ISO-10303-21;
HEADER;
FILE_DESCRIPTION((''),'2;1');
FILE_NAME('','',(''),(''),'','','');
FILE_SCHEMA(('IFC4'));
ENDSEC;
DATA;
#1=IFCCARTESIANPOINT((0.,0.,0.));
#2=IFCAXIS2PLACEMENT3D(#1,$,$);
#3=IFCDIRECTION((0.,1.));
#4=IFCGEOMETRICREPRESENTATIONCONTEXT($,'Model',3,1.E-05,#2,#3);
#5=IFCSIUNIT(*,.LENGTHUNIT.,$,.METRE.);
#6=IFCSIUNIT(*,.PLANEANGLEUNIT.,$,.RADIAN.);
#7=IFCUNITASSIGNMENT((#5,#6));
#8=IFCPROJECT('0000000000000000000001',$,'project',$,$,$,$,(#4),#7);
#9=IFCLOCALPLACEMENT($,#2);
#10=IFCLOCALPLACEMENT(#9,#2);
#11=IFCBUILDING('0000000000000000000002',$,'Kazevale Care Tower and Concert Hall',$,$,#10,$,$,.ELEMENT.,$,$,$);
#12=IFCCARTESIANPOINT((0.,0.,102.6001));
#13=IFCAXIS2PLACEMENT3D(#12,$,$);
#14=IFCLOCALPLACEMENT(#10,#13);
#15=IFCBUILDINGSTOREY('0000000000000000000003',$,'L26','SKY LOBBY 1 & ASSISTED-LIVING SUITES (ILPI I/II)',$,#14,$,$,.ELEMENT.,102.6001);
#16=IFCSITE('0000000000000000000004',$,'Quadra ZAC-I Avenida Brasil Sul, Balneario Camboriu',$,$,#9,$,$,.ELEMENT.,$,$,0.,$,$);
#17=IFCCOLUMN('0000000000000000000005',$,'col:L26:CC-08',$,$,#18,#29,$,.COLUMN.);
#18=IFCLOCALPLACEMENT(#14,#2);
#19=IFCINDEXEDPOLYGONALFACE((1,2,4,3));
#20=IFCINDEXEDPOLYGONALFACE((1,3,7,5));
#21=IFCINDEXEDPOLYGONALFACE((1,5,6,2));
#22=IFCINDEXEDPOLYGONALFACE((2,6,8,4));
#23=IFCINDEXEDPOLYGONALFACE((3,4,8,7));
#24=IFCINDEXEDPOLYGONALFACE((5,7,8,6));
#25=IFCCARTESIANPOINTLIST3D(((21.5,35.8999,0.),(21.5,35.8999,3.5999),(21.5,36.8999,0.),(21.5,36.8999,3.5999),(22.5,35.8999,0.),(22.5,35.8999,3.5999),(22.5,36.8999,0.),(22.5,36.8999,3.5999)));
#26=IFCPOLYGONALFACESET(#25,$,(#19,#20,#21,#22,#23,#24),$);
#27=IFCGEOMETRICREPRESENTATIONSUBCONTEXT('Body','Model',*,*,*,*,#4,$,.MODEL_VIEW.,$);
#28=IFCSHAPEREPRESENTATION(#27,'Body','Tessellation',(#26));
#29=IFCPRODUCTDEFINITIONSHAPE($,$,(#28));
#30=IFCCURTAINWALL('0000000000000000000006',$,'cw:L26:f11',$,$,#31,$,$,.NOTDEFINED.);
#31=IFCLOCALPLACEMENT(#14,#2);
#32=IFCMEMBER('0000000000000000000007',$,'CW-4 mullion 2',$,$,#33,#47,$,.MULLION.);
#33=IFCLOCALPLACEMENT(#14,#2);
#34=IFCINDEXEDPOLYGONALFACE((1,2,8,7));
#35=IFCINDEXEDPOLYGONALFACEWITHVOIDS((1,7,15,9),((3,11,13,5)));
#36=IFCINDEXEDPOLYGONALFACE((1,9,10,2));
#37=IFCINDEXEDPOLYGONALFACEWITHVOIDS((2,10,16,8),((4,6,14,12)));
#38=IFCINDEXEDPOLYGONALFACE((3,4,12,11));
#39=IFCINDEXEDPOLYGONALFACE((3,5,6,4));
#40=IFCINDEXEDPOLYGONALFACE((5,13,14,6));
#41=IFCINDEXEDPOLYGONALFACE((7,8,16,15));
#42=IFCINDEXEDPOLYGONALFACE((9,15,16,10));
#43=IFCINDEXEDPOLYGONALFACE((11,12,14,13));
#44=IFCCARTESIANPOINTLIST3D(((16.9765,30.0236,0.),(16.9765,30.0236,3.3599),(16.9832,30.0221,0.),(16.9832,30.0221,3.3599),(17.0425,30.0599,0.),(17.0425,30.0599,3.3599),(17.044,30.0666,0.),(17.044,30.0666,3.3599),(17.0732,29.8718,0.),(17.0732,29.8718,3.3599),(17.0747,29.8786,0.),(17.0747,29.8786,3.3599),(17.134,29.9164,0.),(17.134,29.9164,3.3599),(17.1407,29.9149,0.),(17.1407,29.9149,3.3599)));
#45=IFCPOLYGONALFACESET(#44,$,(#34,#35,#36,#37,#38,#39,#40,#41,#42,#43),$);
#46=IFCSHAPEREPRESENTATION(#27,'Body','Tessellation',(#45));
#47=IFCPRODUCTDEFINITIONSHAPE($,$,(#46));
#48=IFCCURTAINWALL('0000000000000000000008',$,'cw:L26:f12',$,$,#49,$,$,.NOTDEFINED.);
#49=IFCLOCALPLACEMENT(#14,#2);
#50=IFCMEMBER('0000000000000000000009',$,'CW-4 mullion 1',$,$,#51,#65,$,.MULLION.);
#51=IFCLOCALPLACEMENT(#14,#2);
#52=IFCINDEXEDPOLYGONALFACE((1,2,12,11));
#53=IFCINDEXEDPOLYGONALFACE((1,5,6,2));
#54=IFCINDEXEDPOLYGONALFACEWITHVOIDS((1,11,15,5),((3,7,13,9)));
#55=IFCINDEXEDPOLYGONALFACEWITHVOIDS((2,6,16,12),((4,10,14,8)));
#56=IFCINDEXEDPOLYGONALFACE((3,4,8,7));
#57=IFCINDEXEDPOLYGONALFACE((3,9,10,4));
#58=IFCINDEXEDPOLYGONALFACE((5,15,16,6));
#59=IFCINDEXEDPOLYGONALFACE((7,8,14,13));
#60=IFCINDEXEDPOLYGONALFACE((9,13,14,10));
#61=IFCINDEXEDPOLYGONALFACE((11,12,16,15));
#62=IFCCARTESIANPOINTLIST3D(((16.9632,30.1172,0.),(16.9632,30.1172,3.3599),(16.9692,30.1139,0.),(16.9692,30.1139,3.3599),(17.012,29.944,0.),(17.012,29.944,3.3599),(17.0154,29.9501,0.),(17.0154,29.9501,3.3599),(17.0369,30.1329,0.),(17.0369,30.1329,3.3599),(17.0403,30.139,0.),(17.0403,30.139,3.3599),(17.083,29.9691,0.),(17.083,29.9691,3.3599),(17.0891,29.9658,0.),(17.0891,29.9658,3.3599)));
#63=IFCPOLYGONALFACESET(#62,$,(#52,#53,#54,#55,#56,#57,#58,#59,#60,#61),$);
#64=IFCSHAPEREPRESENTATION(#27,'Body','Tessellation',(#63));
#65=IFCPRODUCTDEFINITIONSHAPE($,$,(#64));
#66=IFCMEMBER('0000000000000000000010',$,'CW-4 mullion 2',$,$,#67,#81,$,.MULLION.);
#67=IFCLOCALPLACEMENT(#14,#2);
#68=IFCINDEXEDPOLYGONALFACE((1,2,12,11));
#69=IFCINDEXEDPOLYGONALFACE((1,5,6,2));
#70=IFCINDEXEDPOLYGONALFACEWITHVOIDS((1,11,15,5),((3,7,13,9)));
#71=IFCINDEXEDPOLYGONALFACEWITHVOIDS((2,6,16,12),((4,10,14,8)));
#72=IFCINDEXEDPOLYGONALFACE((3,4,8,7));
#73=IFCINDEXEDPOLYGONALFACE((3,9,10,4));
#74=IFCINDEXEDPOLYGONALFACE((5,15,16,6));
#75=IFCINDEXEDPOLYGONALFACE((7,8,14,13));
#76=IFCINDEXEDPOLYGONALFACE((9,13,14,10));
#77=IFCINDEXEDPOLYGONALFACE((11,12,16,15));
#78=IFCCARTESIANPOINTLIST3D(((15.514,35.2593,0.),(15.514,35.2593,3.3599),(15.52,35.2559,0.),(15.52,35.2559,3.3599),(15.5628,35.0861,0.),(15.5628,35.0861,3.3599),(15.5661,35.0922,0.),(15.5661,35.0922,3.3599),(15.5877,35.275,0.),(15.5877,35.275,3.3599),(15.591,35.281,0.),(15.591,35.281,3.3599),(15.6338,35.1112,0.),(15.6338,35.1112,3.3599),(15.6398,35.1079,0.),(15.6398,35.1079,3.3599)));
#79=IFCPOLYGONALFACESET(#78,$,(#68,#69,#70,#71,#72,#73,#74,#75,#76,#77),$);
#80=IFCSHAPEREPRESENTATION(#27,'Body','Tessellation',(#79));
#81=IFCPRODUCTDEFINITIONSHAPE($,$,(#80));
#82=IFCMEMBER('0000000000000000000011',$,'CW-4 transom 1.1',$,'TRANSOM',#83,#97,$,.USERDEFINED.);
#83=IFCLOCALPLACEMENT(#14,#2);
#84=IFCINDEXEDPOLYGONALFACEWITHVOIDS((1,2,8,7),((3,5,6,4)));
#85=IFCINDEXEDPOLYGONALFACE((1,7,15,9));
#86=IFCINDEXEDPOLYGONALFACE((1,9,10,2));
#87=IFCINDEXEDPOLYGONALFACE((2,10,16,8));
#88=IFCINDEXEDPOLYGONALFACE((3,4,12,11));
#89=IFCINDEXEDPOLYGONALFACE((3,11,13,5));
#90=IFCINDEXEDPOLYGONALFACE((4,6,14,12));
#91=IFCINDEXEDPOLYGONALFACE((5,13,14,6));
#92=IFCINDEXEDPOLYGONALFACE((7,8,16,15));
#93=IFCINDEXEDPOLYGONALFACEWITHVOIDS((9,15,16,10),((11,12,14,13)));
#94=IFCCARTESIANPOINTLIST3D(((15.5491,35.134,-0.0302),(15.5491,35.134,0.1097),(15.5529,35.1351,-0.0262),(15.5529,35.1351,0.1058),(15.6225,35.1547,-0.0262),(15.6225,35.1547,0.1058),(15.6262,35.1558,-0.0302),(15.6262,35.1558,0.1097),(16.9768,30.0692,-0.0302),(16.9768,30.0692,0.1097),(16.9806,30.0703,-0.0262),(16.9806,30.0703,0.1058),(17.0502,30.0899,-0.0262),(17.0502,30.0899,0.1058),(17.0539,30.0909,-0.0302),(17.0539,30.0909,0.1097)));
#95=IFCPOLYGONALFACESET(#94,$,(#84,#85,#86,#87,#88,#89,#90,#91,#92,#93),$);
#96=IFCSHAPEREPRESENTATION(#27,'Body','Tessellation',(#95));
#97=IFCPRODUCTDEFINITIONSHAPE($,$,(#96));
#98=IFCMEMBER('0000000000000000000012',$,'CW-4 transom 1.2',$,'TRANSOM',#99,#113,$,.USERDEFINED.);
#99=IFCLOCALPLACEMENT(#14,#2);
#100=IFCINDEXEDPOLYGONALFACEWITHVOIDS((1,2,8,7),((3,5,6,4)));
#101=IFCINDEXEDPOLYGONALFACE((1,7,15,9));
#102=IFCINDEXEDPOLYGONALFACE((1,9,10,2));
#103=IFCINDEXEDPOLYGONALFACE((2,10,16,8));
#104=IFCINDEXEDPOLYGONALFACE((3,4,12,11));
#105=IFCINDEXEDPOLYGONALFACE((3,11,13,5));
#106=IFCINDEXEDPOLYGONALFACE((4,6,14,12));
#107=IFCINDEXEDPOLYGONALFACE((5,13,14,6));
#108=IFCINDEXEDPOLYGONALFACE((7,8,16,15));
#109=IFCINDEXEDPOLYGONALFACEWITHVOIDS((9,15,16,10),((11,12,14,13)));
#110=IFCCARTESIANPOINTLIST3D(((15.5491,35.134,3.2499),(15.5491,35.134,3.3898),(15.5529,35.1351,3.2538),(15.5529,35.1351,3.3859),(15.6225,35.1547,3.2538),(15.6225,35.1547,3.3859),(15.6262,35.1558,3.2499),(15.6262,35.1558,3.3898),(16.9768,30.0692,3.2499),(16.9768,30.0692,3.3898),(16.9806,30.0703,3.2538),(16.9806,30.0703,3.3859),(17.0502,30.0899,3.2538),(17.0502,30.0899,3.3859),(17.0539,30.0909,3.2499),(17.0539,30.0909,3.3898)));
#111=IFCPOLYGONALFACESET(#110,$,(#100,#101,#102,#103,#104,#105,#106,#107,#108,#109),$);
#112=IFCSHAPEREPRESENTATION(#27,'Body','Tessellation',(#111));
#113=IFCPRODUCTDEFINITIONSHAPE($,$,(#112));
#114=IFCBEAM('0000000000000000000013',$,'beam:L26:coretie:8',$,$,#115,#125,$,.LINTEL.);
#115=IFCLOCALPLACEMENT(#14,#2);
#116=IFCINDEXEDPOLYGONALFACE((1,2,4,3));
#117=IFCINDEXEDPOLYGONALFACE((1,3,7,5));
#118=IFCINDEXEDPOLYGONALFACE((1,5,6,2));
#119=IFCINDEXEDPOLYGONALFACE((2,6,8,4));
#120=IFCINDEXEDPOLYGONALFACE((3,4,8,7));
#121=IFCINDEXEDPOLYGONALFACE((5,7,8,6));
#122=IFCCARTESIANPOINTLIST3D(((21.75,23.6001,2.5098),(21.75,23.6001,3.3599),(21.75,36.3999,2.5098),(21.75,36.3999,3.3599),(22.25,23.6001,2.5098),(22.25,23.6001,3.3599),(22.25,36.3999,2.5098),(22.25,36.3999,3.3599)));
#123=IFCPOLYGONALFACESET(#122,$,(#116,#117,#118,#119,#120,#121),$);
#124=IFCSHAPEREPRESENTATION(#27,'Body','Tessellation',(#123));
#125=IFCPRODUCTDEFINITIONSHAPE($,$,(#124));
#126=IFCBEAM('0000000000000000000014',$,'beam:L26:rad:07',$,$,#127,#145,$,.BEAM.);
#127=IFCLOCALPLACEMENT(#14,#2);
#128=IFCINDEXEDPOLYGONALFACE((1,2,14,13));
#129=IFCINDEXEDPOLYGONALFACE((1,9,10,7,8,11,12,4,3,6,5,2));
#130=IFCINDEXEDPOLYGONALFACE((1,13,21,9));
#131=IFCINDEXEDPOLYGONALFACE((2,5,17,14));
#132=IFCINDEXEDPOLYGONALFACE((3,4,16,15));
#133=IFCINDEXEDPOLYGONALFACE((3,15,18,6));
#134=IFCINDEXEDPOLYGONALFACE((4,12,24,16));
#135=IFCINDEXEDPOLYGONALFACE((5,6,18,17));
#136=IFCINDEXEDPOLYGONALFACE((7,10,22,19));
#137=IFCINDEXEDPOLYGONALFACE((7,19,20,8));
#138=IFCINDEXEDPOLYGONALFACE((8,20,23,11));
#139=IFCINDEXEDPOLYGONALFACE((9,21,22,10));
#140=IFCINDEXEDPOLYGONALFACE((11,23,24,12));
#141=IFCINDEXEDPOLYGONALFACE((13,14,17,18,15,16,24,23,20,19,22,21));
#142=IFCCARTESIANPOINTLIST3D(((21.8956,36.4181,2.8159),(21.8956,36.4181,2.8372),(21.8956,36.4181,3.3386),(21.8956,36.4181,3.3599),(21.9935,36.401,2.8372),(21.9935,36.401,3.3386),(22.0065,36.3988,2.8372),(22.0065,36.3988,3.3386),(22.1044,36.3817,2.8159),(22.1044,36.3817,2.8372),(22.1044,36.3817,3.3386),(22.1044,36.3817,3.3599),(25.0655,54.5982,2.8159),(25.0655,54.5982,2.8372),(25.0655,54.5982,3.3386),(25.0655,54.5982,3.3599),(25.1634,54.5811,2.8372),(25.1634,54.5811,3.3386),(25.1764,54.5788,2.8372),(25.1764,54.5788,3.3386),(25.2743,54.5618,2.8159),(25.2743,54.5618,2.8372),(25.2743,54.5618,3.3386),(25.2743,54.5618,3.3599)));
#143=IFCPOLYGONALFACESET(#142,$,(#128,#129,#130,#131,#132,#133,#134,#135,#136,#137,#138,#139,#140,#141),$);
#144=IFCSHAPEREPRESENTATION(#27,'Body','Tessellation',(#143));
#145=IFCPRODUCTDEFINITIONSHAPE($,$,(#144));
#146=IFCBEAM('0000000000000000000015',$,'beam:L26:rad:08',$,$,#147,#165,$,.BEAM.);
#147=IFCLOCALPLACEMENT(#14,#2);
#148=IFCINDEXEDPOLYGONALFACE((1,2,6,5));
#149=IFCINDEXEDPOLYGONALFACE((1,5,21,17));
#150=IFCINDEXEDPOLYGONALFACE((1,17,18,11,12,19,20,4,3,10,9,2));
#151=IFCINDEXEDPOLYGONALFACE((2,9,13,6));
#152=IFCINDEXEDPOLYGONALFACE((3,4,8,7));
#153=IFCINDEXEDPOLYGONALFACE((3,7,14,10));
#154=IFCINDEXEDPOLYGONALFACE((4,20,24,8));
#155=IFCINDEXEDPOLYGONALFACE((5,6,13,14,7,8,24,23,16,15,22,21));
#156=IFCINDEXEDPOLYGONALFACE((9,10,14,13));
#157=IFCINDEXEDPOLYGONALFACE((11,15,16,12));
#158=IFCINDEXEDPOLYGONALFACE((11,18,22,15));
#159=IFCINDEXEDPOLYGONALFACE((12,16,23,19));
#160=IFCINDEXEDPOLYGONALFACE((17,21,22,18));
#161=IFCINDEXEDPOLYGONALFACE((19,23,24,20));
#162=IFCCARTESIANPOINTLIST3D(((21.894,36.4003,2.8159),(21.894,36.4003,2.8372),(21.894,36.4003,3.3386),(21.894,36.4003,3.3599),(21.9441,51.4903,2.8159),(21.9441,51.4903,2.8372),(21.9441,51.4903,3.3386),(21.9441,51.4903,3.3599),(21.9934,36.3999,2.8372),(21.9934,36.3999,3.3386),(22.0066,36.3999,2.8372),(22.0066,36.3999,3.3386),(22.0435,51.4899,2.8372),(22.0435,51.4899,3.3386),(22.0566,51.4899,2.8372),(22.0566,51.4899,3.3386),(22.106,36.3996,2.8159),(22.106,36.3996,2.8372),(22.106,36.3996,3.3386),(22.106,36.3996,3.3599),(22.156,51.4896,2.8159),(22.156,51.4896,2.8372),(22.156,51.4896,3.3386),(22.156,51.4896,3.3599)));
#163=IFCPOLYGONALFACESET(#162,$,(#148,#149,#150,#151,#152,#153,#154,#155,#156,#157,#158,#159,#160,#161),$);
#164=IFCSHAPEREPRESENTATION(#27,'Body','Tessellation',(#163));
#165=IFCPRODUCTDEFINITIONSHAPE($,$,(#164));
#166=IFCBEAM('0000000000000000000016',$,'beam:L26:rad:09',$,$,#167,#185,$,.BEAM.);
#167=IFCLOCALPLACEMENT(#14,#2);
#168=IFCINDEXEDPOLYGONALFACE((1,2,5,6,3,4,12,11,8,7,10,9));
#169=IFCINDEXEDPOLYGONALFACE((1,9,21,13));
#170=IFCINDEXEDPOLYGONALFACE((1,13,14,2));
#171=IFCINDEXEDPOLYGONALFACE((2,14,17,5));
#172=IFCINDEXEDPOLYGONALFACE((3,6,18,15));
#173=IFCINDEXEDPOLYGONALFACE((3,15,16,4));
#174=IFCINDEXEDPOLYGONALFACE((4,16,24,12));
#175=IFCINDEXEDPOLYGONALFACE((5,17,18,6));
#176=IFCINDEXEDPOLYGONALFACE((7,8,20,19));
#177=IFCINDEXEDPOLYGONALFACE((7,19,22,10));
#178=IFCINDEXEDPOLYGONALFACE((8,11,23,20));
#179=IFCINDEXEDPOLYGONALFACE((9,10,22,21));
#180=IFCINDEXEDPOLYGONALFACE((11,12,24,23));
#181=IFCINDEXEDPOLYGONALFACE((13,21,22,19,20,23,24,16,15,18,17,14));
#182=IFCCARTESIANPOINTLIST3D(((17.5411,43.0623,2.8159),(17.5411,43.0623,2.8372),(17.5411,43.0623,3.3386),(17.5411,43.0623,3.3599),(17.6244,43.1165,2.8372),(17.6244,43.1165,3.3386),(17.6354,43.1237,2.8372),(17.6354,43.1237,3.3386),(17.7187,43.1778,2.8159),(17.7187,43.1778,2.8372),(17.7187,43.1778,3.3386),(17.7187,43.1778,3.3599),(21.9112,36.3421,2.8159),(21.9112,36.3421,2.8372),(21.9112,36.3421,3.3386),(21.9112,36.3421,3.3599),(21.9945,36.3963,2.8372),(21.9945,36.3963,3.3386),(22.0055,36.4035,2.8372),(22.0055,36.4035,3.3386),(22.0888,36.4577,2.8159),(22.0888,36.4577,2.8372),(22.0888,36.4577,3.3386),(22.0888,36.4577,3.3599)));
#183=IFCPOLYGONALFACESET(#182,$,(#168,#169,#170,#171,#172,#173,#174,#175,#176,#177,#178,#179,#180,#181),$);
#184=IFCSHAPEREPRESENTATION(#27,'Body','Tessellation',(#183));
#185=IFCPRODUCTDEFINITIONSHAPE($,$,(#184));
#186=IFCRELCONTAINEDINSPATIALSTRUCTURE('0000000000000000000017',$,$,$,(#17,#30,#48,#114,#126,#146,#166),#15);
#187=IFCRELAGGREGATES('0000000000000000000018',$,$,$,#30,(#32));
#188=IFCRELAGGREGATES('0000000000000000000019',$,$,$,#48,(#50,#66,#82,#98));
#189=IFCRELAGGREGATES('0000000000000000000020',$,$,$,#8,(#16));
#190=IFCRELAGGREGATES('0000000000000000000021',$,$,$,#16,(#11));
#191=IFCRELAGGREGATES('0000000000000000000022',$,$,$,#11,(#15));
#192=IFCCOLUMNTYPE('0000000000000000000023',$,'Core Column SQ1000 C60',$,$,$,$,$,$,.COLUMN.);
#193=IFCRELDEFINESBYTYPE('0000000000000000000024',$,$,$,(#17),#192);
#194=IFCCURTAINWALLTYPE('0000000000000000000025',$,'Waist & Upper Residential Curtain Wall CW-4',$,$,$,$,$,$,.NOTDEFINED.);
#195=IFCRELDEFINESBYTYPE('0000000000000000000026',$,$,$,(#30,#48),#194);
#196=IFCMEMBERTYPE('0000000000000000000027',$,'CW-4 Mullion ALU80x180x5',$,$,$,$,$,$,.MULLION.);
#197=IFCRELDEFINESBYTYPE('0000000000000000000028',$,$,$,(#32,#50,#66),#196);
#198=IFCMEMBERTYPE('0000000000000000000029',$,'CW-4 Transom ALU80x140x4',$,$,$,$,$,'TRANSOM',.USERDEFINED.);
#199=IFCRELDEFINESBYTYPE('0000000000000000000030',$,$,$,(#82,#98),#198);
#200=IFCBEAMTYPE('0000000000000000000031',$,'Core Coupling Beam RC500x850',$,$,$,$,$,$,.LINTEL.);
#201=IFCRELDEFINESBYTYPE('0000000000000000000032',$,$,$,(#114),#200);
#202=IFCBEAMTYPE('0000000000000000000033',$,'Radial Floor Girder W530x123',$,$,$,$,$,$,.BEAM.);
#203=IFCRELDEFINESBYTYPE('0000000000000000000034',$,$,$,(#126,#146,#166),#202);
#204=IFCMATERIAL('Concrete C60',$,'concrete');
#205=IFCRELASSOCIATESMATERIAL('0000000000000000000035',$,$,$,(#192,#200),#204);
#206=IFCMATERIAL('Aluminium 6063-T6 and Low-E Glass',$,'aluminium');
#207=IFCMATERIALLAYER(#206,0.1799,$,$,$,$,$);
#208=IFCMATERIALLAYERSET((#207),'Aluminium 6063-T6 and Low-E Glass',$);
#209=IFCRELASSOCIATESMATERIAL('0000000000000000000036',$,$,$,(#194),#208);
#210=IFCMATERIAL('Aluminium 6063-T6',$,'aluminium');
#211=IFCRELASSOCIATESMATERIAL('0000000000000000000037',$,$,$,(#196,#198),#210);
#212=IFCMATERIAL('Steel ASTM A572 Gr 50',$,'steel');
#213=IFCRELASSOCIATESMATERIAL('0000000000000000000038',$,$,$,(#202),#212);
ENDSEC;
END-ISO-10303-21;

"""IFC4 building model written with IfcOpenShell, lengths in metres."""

from ifc_helpers import new_model, si_unit, direction, frame, origin, origin_2d, place, context, subcontext, project, spatial, rectangle, hollow_rectangle, i_section, extrude, material, layer, layer_set, material_profile, profile_set, type_object, element, aggregate, save


model = new_model("IFC4")

# Units and contexts
model_context = context("Model", 3, precision=1e-05, world=origin(), true_north=direction((0.0, 1.0)))
body_context = subcontext(model_context, "Body", "Model", "MODEL_VIEW")
ifc_project = project(units=[si_unit("LENGTHUNIT", "METRE"), si_unit("PLANEANGLEUNIT", "RADIAN")], contexts=[model_context])

# Site, building, storey
site_placement = place(None, origin())
site = spatial("IfcSite", under=ifc_project, at=site_placement, Name="Quadra ZAC-I Avenida Brasil Sul, Balneario Camboriu", CompositionType="ELEMENT", RefElevation=0.0)
building_placement = place(site_placement, origin())
building = spatial("IfcBuilding", under=site, at=building_placement, Name="Kazevale Care Tower and Concert Hall", CompositionType="ELEMENT")
storey_placement = place(building_placement, frame((0.0, 0.0, 102.6001)))
storey = spatial("IfcBuildingStorey", under=building, at=storey_placement, Name="L26", Description="SKY LOBBY 1 & ASSISTED-LIVING SUITES (ILPI I/II)", CompositionType="ELEMENT", Elevation=102.6001)

# Column
ifc_material_1 = material(Name="Concrete C60", Category="concrete")
ifc_material_profile_1 = material_profile(ifc_material_1, rectangle(XDim=1.0, YDim=1.0, at=origin_2d()), Name="RC-SQ1000")
ifc_profile_set_1 = profile_set([ifc_material_profile_1], Name="Concrete C60")
column_type = type_object("IfcColumnType", Name="Core Column SQ1000 C60", PredefinedType="COLUMN", material=ifc_profile_set_1)
column_placement = place(storey_placement, frame((22.0, 36.3999, 0.0), z_axis=(0.0, 0.0, 1.0), x_axis=(1.0, 0.0, 0.0)))
element("IfcColumn", 1, at=column_placement, inside=storey, type_object=column_type, Name="col:L26:CC-08", PredefinedType="COLUMN", context=body_context, shape_type="SweptSolid", body=[
    extrude(rectangle(XDim=1.0, YDim=1.0, at=origin_2d()), origin(), (0.0, 0.0, 1.0), 3.5999),
])

# Curtain wall, member
ifc_material_2 = material(Name="Aluminium 6063-T6 and Low-E Glass", Category="aluminium")
ifc_layer_1 = layer(ifc_material_2, 0.1799)
ifc_layer_set_1 = layer_set([ifc_layer_1], Name="Aluminium 6063-T6 and Low-E Glass")
curtain_wall_type = type_object("IfcCurtainWallType", Name="Waist & Upper Residential Curtain Wall CW-4", PredefinedType="NOTDEFINED", material=ifc_layer_set_1)
curtain_wall_1_placement = place(storey_placement, origin())
curtain_wall_1 = element("IfcCurtainWall", 2, at=curtain_wall_1_placement, inside=storey, type_object=curtain_wall_type, Name="cw:L26:f11", PredefinedType="NOTDEFINED")
ifc_material_3 = material(Name="Aluminium 6063-T6", Category="aluminium")
ifc_material_profile_2 = material_profile(ifc_material_3, hollow_rectangle(XDim=0.0801, YDim=0.1799, WallThickness=0.0049, at=origin_2d()), Name="ALU80x180x5")
ifc_profile_set_2 = profile_set([ifc_material_profile_2], Name="Aluminium 6063-T6")
member_type_1 = type_object("IfcMemberType", Name="CW-4 Mullion ALU80x180x5", PredefinedType="MULLION", material=ifc_profile_set_2)
member_1_placement = place(storey_placement, frame((17.0586, 29.9692, 0.0), z_axis=(0.0, 0.0, 1.0), x_axis=(-0.84343, -0.537239, 0.0)))
member_1 = element("IfcMember", 3, at=member_1_placement, type_object=member_type_1, Name="CW-4 mullion 2", PredefinedType="MULLION", context=body_context, shape_type="SweptSolid", body=[
    extrude(hollow_rectangle(XDim=0.0801, YDim=0.1799, WallThickness=0.0049, at=origin_2d()), origin(), (0.0, 0.0, 1.0), 3.3599),
])
aggregate(curtain_wall_1, [member_1])

# Curtain wall, members
curtain_wall_2_placement = place(storey_placement, origin())
curtain_wall_2 = element("IfcCurtainWall", 4, at=curtain_wall_2_placement, inside=storey, type_object=curtain_wall_type, Name="cw:L26:f12", PredefinedType="NOTDEFINED")
member_2_placement = place(storey_placement, frame((17.0261, 30.0415, 0.0), z_axis=(0.0, 0.0, 1.0), x_axis=(-0.962499, -0.271285, 0.0)))
member_2 = element("IfcMember", 5, at=member_2_placement, type_object=member_type_1, Name="CW-4 mullion 1", PredefinedType="MULLION", context=body_context, shape_type="SweptSolid", body=[
    extrude(hollow_rectangle(XDim=0.0801, YDim=0.1799, WallThickness=0.0049, at=origin_2d()), origin(), (0.0, 0.0, 1.0), 3.3599),
])
member_3_placement = place(storey_placement, frame((15.5769, 35.1836, 0.0), z_axis=(0.0, 0.0, 1.0), x_axis=(-0.962499, -0.271285, 0.0)))
member_3 = element("IfcMember", 6, at=member_3_placement, type_object=member_type_1, Name="CW-4 mullion 2", PredefinedType="MULLION", context=body_context, shape_type="SweptSolid", body=[
    extrude(hollow_rectangle(XDim=0.0801, YDim=0.1799, WallThickness=0.0049, at=origin_2d()), origin(), (0.0, 0.0, 1.0), 3.3599),
])
ifc_material_profile_3 = material_profile(ifc_material_3, hollow_rectangle(XDim=0.0801, YDim=0.1399, WallThickness=0.0039, at=origin_2d()), Name="ALU80x140x4")
ifc_profile_set_3 = profile_set([ifc_material_profile_3], Name="Aluminium 6063-T6")
member_type_2 = type_object("IfcMemberType", Name="CW-4 Transom ALU80x140x4", ElementType="TRANSOM", PredefinedType="USERDEFINED", material=ifc_profile_set_3)
member_4_placement = place(storey_placement, frame((17.0154, 30.0801, 0.0398), z_axis=(-0.271313, 0.962491, 0.0), x_axis=(-0.962491, -0.271313, 0.0)))
member_4 = element("IfcMember", 7, at=member_4_placement, type_object=member_type_2, Name="CW-4 transom 1.1", ObjectType="TRANSOM", PredefinedType="USERDEFINED", context=body_context, shape_type="SweptSolid", body=[
    extrude(hollow_rectangle(XDim=0.0801, YDim=0.1399, WallThickness=0.0039, at=origin_2d()), origin(), (0.0, 0.0, 1.0), 5.2622),
])
member_5_placement = place(storey_placement, frame((17.0154, 30.0801, 3.3198), z_axis=(-0.271313, 0.962491, 0.0), x_axis=(-0.962491, -0.271313, 0.0)))
member_5 = element("IfcMember", 8, at=member_5_placement, type_object=member_type_2, Name="CW-4 transom 1.2", ObjectType="TRANSOM", PredefinedType="USERDEFINED", context=body_context, shape_type="SweptSolid", body=[
    extrude(hollow_rectangle(XDim=0.0801, YDim=0.1399, WallThickness=0.0039, at=origin_2d()), origin(), (0.0, 0.0, 1.0), 5.2622),
])

# Beams
ifc_material_profile_4 = material_profile(ifc_material_1, rectangle(XDim=0.5, YDim=0.8501, at=origin_2d()), Name="RC-B500x850")
ifc_profile_set_4 = profile_set([ifc_material_profile_4], Name="Concrete C60")
beam_type_1 = type_object("IfcBeamType", Name="Core Coupling Beam RC500x850", PredefinedType="LINTEL", material=ifc_profile_set_4)
beam_1_placement = place(storey_placement, frame((22.0, 36.3999, 2.9348), z_axis=(0.0, -1.0, 0.0), x_axis=(1.0, 0.0, 0.0)))
element("IfcBeam", 9, at=beam_1_placement, inside=storey, type_object=beam_type_1, Name="beam:L26:coretie:8", PredefinedType="LINTEL", context=body_context, shape_type="SweptSolid", body=[
    extrude(rectangle(XDim=0.5, YDim=0.8501, at=origin_2d()), origin(), (0.0, 0.0, 1.0), 12.7998),
])
ifc_material_4 = material(Name="Steel ASTM A572 Gr 50", Category="steel")
ifc_material_profile_5 = material_profile(ifc_material_4, i_section(OverallWidth=0.2119, OverallDepth=0.5439, WebThickness=0.0132, FlangeThickness=0.0212, at=origin_2d()), Name="W530x123")
ifc_profile_set_5 = profile_set([ifc_material_profile_5], Name="Steel ASTM A572 Gr 50")
beam_type_2 = type_object("IfcBeamType", Name="Radial Floor Girder W530x123", PredefinedType="BEAM", material=ifc_profile_set_5)
beam_2_placement = place(storey_placement, frame((22.0, 36.3999, 3.0879), z_axis=(0.17177, 0.985137, 0.0), x_axis=(-0.985137, 0.17177, 0.0)))
element("IfcBeam", 10, at=beam_2_placement, inside=storey, type_object=beam_type_2, Name="beam:L26:rad:07", PredefinedType="BEAM", context=body_context, shape_type="SweptSolid", body=[
    extrude(i_section(OverallWidth=0.2119, OverallDepth=0.5439, WebThickness=0.0132, FlangeThickness=0.0212, at=origin_2d()), origin(), (0.0, 0.0, 1.0), 18.4543),
])
beam_3_placement = place(storey_placement, frame((22.0, 36.3999, 3.0879), z_axis=(0.003317, 0.999994, 0.0), x_axis=(-0.999994, 0.003317, 0.0)))
element("IfcBeam", 11, at=beam_3_placement, inside=storey, type_object=beam_type_2, Name="beam:L26:rad:08", PredefinedType="BEAM", context=body_context, shape_type="SweptSolid", body=[
    extrude(i_section(OverallWidth=0.2119, OverallDepth=0.5439, WebThickness=0.0132, FlangeThickness=0.0212, at=origin_2d()), origin(), (0.0, 0.0, 1.0), 15.0901),
])
beam_4_placement = place(storey_placement, frame((22.0, 36.3999, 3.0879), z_axis=(-0.545162, 0.838331, 0.0), x_axis=(-0.838331, -0.545162, 0.0)))
element("IfcBeam", 12, at=beam_4_placement, inside=storey, type_object=beam_type_2, Name="beam:L26:rad:09", PredefinedType="BEAM", context=body_context, shape_type="SweptSolid", body=[
    extrude(i_section(OverallWidth=0.2119, OverallDepth=0.5439, WebThickness=0.0132, FlangeThickness=0.0212, at=origin_2d()), origin(), (0.0, 0.0, 1.0), 8.0161),
])

aggregate(curtain_wall_2, [member_2, member_3, member_4, member_5])

save(model, "model.ifc")
